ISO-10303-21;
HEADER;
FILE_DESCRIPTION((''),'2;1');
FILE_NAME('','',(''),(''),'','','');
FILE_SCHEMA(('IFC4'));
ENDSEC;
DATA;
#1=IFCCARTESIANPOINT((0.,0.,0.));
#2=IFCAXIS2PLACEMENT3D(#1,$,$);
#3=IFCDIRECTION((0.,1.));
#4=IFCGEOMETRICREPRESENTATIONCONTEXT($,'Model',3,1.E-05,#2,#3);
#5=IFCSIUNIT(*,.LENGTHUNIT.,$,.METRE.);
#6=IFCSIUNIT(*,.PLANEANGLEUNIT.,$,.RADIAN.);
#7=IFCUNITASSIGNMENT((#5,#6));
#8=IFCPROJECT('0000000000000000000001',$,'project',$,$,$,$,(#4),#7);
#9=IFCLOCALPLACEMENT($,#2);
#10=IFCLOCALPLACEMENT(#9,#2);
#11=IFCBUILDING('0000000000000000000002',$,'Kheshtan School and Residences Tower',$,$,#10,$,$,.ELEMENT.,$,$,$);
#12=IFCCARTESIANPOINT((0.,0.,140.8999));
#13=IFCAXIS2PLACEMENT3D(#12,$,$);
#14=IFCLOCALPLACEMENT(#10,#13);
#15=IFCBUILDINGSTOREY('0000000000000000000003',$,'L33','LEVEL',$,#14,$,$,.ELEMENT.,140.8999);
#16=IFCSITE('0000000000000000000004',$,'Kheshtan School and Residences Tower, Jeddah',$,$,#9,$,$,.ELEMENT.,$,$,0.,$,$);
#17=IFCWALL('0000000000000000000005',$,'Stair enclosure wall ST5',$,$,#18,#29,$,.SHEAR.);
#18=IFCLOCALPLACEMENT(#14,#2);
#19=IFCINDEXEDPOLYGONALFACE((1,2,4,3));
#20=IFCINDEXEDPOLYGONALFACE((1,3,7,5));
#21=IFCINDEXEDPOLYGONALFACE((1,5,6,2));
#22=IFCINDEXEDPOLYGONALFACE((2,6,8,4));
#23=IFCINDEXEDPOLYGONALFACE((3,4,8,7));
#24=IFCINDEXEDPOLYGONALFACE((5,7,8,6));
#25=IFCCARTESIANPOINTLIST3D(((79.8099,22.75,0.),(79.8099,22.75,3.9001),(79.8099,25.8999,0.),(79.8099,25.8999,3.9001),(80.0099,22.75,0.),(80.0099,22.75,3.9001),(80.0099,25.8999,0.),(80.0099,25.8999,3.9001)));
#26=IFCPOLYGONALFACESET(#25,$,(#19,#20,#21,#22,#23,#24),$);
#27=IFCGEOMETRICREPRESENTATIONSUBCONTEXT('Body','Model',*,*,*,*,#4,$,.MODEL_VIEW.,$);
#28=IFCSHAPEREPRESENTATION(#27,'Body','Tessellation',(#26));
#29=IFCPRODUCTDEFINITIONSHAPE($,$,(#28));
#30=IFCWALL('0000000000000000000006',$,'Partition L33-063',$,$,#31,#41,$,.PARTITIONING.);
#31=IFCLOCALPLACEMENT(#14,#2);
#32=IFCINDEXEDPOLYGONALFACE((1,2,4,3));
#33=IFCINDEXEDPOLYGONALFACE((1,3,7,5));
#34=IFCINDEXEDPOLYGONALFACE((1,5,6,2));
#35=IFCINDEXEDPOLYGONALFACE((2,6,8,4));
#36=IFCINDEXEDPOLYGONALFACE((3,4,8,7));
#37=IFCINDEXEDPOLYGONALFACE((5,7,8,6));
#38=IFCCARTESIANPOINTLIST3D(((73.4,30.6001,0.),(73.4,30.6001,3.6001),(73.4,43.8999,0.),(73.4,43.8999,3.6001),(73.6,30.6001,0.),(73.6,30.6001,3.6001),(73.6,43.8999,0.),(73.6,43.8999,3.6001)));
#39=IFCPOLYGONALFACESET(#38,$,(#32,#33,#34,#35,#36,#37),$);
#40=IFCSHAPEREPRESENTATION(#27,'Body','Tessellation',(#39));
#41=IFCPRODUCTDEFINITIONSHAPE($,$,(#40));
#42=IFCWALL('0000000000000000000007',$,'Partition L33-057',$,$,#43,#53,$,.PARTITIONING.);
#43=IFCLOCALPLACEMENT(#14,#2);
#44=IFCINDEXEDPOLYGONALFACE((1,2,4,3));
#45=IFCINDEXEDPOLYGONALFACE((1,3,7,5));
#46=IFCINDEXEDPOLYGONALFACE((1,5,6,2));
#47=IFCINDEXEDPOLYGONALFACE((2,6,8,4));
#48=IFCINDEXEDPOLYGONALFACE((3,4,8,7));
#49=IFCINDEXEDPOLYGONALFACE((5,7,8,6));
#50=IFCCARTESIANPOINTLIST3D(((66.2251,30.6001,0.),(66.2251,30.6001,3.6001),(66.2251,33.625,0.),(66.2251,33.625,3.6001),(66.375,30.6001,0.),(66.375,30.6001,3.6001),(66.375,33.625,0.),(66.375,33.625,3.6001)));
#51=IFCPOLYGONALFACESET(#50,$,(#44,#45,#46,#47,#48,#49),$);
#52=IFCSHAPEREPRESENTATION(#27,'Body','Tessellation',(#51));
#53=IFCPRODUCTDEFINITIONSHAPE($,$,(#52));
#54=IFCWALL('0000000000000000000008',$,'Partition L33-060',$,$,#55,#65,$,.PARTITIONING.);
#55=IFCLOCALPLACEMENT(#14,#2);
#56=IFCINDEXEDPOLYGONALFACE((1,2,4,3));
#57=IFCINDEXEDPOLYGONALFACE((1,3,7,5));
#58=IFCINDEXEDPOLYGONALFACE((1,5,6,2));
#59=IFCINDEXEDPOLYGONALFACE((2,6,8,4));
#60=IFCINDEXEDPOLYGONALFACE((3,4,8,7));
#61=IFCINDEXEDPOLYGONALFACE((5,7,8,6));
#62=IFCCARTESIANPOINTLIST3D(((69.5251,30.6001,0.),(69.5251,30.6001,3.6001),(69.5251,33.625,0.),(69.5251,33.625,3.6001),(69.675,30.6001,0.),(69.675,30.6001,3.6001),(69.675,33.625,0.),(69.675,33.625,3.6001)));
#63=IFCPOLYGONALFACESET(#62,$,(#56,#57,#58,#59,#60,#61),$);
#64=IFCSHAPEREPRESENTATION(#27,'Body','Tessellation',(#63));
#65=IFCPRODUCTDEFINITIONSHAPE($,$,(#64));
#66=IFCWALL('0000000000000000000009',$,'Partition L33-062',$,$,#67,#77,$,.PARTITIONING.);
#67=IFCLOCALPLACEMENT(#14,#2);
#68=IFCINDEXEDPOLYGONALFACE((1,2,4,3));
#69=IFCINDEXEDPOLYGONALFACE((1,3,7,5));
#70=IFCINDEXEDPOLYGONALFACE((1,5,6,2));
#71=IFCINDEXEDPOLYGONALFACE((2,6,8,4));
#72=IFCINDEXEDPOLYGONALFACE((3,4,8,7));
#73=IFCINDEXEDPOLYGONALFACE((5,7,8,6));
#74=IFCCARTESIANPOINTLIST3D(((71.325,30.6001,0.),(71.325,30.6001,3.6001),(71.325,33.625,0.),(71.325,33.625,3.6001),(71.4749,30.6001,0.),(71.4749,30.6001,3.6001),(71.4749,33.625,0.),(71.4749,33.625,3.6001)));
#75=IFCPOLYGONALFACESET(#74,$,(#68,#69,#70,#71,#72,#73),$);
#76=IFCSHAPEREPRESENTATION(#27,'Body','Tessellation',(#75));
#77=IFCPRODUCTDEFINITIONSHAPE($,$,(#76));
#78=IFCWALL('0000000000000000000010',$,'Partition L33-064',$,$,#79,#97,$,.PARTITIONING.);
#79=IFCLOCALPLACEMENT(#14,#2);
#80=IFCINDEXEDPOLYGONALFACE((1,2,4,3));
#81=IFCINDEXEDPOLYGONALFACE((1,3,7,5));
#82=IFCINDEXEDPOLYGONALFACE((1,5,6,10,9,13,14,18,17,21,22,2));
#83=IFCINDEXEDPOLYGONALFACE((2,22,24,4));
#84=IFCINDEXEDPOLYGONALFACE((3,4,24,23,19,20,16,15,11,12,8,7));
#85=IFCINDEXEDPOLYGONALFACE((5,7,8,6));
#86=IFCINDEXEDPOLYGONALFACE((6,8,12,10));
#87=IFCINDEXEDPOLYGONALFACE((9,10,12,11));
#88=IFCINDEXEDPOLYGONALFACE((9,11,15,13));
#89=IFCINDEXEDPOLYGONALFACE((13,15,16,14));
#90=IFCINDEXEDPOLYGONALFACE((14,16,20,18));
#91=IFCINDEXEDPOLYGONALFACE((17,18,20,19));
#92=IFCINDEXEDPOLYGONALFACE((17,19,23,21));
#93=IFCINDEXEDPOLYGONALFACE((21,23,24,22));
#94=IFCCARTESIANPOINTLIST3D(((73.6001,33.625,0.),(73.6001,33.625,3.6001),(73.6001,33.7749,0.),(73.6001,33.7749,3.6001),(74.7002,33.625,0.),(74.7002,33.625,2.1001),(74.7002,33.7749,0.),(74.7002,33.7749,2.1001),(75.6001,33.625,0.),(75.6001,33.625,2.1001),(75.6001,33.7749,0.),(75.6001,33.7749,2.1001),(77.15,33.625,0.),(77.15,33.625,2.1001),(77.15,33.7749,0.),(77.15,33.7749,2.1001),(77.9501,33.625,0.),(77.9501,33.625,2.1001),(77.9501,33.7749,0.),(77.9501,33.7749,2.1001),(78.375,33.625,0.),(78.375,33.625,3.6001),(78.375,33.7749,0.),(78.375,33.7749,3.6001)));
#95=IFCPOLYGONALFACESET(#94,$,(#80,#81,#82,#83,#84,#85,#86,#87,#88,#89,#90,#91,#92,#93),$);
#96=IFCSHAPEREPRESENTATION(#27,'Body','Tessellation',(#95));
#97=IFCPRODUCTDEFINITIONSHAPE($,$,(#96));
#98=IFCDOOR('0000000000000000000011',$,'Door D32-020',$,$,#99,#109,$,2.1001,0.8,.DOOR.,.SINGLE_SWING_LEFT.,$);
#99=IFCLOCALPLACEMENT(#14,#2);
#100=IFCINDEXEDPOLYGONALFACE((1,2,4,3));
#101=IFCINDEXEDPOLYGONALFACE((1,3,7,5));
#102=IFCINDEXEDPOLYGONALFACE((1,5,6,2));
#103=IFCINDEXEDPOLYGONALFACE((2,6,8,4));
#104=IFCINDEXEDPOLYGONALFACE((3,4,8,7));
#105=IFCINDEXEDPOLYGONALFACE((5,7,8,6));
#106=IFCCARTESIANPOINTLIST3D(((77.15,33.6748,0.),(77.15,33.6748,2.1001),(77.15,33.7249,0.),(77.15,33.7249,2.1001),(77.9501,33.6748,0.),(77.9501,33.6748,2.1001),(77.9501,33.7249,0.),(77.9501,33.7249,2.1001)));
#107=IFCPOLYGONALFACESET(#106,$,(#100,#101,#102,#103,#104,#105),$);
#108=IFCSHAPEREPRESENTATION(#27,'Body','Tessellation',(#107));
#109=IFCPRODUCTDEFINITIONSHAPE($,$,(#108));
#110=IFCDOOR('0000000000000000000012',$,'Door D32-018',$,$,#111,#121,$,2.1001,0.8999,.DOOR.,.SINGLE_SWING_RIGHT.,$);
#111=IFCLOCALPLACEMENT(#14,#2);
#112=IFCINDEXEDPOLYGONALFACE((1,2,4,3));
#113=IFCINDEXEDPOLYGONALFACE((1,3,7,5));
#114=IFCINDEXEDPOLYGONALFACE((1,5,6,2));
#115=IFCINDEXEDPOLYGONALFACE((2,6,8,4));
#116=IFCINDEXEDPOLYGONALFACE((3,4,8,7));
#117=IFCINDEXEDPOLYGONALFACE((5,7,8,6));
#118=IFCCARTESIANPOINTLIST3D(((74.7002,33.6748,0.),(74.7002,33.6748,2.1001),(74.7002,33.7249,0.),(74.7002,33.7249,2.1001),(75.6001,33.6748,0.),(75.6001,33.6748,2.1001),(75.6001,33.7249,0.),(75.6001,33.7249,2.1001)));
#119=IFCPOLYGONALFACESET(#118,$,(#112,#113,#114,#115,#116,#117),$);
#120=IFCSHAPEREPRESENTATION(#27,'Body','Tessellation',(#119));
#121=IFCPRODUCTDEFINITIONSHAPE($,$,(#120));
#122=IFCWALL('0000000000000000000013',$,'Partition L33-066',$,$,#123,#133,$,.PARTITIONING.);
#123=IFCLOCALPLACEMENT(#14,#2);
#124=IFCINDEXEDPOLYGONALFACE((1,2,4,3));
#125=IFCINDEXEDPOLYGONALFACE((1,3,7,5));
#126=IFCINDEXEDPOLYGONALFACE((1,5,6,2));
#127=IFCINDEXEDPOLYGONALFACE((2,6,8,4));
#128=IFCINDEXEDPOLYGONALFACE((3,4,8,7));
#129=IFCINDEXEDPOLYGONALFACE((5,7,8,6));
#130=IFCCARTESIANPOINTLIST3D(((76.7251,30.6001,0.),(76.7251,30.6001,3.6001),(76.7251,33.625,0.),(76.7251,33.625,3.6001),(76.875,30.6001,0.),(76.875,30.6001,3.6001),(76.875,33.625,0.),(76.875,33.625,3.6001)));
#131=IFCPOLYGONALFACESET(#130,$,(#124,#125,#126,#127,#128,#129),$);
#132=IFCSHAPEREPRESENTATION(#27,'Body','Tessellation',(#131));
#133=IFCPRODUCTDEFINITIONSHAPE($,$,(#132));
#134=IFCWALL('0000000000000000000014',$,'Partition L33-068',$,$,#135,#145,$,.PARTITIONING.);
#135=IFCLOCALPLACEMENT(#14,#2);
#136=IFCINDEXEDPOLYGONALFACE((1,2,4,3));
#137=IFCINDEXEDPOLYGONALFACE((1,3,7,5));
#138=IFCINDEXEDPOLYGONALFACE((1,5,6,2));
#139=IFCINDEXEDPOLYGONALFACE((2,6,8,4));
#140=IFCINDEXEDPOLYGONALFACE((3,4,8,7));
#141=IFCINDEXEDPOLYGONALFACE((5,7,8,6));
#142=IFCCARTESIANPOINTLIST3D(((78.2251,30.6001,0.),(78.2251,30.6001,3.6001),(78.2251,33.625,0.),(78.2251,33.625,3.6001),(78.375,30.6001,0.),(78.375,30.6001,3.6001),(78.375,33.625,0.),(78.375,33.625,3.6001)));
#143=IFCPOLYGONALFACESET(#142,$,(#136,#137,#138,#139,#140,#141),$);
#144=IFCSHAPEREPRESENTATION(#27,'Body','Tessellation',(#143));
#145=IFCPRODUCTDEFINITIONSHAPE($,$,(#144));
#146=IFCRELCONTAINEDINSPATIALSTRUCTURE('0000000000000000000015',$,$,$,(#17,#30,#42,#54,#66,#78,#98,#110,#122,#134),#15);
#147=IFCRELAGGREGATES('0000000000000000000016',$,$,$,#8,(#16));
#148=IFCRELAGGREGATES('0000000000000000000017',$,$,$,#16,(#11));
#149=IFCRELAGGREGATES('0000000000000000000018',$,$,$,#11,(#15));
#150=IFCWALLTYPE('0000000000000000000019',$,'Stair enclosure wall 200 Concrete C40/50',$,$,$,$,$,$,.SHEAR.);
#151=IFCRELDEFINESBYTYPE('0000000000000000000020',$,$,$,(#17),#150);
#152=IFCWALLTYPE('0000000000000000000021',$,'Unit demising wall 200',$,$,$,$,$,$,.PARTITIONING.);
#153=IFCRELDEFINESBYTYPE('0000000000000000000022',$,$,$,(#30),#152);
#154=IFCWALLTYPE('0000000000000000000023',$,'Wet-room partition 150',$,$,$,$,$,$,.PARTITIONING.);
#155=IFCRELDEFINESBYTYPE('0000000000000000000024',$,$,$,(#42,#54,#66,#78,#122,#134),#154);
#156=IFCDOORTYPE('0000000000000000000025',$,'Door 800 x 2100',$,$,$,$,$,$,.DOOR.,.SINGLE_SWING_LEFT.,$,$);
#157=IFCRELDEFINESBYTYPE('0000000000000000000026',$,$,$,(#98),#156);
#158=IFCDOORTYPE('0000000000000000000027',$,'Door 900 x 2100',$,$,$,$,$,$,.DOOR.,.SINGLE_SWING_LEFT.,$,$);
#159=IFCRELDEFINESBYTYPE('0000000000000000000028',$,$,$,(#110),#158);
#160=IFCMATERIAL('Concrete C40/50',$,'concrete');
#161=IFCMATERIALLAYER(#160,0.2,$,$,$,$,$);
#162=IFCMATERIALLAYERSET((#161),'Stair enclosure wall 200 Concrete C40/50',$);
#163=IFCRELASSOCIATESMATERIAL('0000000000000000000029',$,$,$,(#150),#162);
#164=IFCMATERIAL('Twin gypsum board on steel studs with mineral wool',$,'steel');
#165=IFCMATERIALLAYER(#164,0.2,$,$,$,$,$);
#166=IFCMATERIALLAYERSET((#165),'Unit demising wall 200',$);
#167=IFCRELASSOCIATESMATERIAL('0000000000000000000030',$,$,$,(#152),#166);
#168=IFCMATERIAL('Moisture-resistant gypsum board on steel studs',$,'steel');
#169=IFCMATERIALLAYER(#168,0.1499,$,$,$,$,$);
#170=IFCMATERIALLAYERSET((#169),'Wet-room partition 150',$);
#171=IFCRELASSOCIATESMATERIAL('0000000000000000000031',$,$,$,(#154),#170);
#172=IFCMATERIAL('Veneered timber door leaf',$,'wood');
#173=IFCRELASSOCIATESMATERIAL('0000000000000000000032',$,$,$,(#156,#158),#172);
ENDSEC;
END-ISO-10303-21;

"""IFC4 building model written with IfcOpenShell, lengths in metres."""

from ifc_helpers import new_model, si_unit, direction, frame, frame_2d, origin, place, context, subcontext, project, spatial, rectangle, extrude, source, transform, mapped, material, layer, layer_set, type_object, element, fill, save


model = new_model("IFC4")

# Units and contexts
model_context = context("Model", 3, precision=1e-05, world=origin(), true_north=direction((0.0, 1.0)))
body_context = subcontext(model_context, "Body", "Model", "MODEL_VIEW")
ifc_project = project(units=[si_unit("LENGTHUNIT", "METRE"), si_unit("PLANEANGLEUNIT", "RADIAN")], contexts=[model_context])

# Site, building, storey
site_placement = place(None, origin())
site = spatial("IfcSite", under=ifc_project, at=site_placement, Name="Kheshtan School and Residences Tower, Jeddah", CompositionType="ELEMENT", RefElevation=0.0)
building_placement = place(site_placement, origin())
building = spatial("IfcBuilding", under=site, at=building_placement, Name="Kheshtan School and Residences Tower", CompositionType="ELEMENT")
storey_placement = place(building_placement, frame((0.0, 0.0, 140.8999)))
storey = spatial("IfcBuildingStorey", under=building, at=storey_placement, Name="L33", Description="LEVEL", CompositionType="ELEMENT", Elevation=140.8999)

# Shared definitions
ifc_material_1 = material(Name="Concrete C40/50", Category="concrete")
ifc_layer_1 = layer(ifc_material_1, 0.2)
ifc_layer_set_1 = layer_set([ifc_layer_1], Name="Stair enclosure wall 200 Concrete C40/50")
wall_type_1 = type_object("IfcWallType", Name="Stair enclosure wall 200 Concrete C40/50", PredefinedType="SHEAR", material=ifc_layer_set_1)

# Walls
for number, where, z_axis, x_axis, name in (
    (1, (79.9099, 22.75, 0.0), (0.0, 0.0, 1.0), (0.0, 1.0, 0.0), "Stair enclosure wall ST5"),
):
    element("IfcWall", number, at=place(storey_placement, frame(where, z_axis=z_axis, x_axis=x_axis)), inside=storey, type_object=wall_type_1, Name=name, PredefinedType="SHEAR", context=body_context, shape_type="SweptSolid", body=[
        extrude(rectangle(XDim=3.1499, YDim=0.2, at=frame_2d((1.575, 0.0))), origin(), (0.0, 0.0, 1.0), 3.9001),
    ])
ifc_material_2 = material(Name="Twin gypsum board on steel studs with mineral wool", Category="steel")
ifc_layer_2 = layer(ifc_material_2, 0.2)
ifc_layer_set_2 = layer_set([ifc_layer_2], Name="Unit demising wall 200")
wall_type_2 = type_object("IfcWallType", Name="Unit demising wall 200", PredefinedType="PARTITIONING", material=ifc_layer_set_2)
wall_1_placement = place(storey_placement, frame((73.5, 30.6001, 0.0), z_axis=(0.0, 0.0, 1.0), x_axis=(0.0, 1.0, 0.0)))
element("IfcWall", 2, at=wall_1_placement, inside=storey, type_object=wall_type_2, Name="Partition L33-063", PredefinedType="PARTITIONING", context=body_context, shape_type="SweptSolid", body=[
    extrude(rectangle(XDim=13.2998, YDim=0.2, at=frame_2d((6.6499, 0.0))), origin(), (0.0, 0.0, 1.0), 3.6001),
])
ifc_material_3 = material(Name="Moisture-resistant gypsum board on steel studs", Category="steel")
ifc_layer_3 = layer(ifc_material_3, 0.1499)
ifc_layer_set_3 = layer_set([ifc_layer_3], Name="Wet-room partition 150")
wall_type_3 = type_object("IfcWallType", Name="Wet-room partition 150", PredefinedType="PARTITIONING", material=ifc_layer_set_3)
for number, where, z_axis, x_axis, name in (
    (3, (66.3, 30.6001, 0.0), (0.0, 0.0, 1.0), (0.0, 1.0, 0.0), "Partition L33-057"),
    (4, (69.6001, 30.6001, 0.0), (0.0, 0.0, 1.0), (0.0, 1.0, 0.0), "Partition L33-060"),
    (5, (71.3999, 30.6001, 0.0), (0.0, 0.0, 1.0), (0.0, 1.0, 0.0), "Partition L33-062"),
):
    element("IfcWall", number, at=place(storey_placement, frame(where, z_axis=z_axis, x_axis=x_axis)), inside=storey, type_object=wall_type_3, Name=name, PredefinedType="PARTITIONING", context=body_context, shape_type="SweptSolid", body=[
        extrude(rectangle(XDim=3.0249, YDim=0.1499, at=frame_2d((1.5125, 0.0))), origin(), (0.0, 0.0, 1.0), 3.6001),
    ])

# Wall, openings, doors
wall_2_placement = place(storey_placement, frame((73.6001, 33.7, 0.0), z_axis=(0.0, 0.0, 1.0), x_axis=(1.0, 0.0, 0.0)))
wall_2 = element("IfcWall", 6, at=wall_2_placement, inside=storey, type_object=wall_type_3, Name="Partition L33-064", PredefinedType="PARTITIONING", context=body_context, shape_type="SweptSolid", body=[
    extrude(rectangle(XDim=4.7749, YDim=0.1499, at=frame_2d((2.3875, 0.0))), origin(), (0.0, 0.0, 1.0), 3.6001),
])
opening_1_placement = place(wall_2_placement, frame((1.1001, 0.0, 0.0)))
opening_1 = element("IfcOpeningElement", 7, at=opening_1_placement, cuts=wall_2, PredefinedType="OPENING", context=body_context, shape_type="SweptSolid", body=[
    extrude(rectangle(XDim=0.8999, YDim=2.1001, at=frame_2d((0.45, 1.05))), frame((0.0, 0.085, 0.0), z_axis=(0.0, -1.0, 0.0), x_axis=(1.0, 0.0, 0.0)), (0.0, 0.0, 1.0), 0.1699),
])
opening_2_placement = place(wall_2_placement, frame((3.55, 0.0, 0.0)))
opening_2 = element("IfcOpeningElement", 8, at=opening_2_placement, cuts=wall_2, PredefinedType="OPENING", context=body_context, shape_type="SweptSolid", body=[
    extrude(rectangle(XDim=0.8, YDim=2.1001, at=frame_2d((0.3999, 1.05))), frame((0.0, 0.085, 0.0), z_axis=(0.0, -1.0, 0.0), x_axis=(1.0, 0.0, 0.0)), (0.0, 0.0, 1.0), 0.1699),
])
ifc_material_4 = material(Name="Veneered timber door leaf", Category="wood")
door_type_1 = type_object("IfcDoorType", Name="Door 800 x 2100", OperationType="SINGLE_SWING_LEFT", PredefinedType="DOOR", material=ifc_material_4)
shared_shape_1 = source(origin(), body_context, "Body", "SweptSolid", [
    extrude(rectangle(XDim=0.8, YDim=2.1001, at=frame_2d((0.3999, 1.05))), frame((0.0, 0.0249, 0.0), z_axis=(0.0, -1.0, 0.0), x_axis=(1.0, 0.0, 0.0)), (0.0, 0.0, 1.0), 0.05),
])
door_1_placement = place(opening_2_placement, origin())
door_1 = element("IfcDoor", 9, at=door_1_placement, inside=storey, type_object=door_type_1, Name="Door D32-020", OperationType="SINGLE_SWING_LEFT", OverallHeight=2.1001, OverallWidth=0.8, PredefinedType="DOOR", context=body_context, shape_type="MappedRepresentation", body=[
    mapped(shared_shape_1, transform((0.0, 0.0, 0.0), x_axis=(1.0, 0.0, 0.0), y_axis=(0.0, 1.0, 0.0), z_axis=(0.0, 0.0, 1.0), scale=1.0)),
])
fill(opening_2, door_1)
door_type_2 = type_object("IfcDoorType", Name="Door 900 x 2100", OperationType="SINGLE_SWING_LEFT", PredefinedType="DOOR", material=ifc_material_4)
shared_shape_2 = source(origin(), body_context, "Body", "SweptSolid", [
    extrude(rectangle(XDim=0.8999, YDim=2.1001, at=frame_2d((0.45, 1.05))), frame((0.0, 0.0249, 0.0), z_axis=(0.0, -1.0, 0.0), x_axis=(1.0, 0.0, 0.0)), (0.0, 0.0, 1.0), 0.05),
])
door_2_placement = place(opening_1_placement, origin())
door_2 = element("IfcDoor", 10, at=door_2_placement, inside=storey, type_object=door_type_2, Name="Door D32-018", OperationType="SINGLE_SWING_RIGHT", OverallHeight=2.1001, OverallWidth=0.8999, PredefinedType="DOOR", context=body_context, shape_type="MappedRepresentation", body=[
    mapped(shared_shape_2, transform((0.0, 0.0, 0.0), x_axis=(1.0, 0.0, 0.0), y_axis=(0.0, 1.0, 0.0), z_axis=(0.0, 0.0, 1.0), scale=1.0)),
])
fill(opening_1, door_2)

# Walls
for number, where, z_axis, x_axis, name in (
    (11, (76.8, 30.6001, 0.0), (0.0, 0.0, 1.0), (0.0, 1.0, 0.0), "Partition L33-066"),
    (12, (78.3, 30.6001, 0.0), (0.0, 0.0, 1.0), (0.0, 1.0, 0.0), "Partition L33-068"),
):
    element("IfcWall", number, at=place(storey_placement, frame(where, z_axis=z_axis, x_axis=x_axis)), inside=storey, type_object=wall_type_3, Name=name, PredefinedType="PARTITIONING", context=body_context, shape_type="SweptSolid", body=[
        extrude(rectangle(XDim=3.0249, YDim=0.1499, at=frame_2d((1.5125, 0.0))), origin(), (0.0, 0.0, 1.0), 3.6001),
    ])

save(model, "model.ifc")
